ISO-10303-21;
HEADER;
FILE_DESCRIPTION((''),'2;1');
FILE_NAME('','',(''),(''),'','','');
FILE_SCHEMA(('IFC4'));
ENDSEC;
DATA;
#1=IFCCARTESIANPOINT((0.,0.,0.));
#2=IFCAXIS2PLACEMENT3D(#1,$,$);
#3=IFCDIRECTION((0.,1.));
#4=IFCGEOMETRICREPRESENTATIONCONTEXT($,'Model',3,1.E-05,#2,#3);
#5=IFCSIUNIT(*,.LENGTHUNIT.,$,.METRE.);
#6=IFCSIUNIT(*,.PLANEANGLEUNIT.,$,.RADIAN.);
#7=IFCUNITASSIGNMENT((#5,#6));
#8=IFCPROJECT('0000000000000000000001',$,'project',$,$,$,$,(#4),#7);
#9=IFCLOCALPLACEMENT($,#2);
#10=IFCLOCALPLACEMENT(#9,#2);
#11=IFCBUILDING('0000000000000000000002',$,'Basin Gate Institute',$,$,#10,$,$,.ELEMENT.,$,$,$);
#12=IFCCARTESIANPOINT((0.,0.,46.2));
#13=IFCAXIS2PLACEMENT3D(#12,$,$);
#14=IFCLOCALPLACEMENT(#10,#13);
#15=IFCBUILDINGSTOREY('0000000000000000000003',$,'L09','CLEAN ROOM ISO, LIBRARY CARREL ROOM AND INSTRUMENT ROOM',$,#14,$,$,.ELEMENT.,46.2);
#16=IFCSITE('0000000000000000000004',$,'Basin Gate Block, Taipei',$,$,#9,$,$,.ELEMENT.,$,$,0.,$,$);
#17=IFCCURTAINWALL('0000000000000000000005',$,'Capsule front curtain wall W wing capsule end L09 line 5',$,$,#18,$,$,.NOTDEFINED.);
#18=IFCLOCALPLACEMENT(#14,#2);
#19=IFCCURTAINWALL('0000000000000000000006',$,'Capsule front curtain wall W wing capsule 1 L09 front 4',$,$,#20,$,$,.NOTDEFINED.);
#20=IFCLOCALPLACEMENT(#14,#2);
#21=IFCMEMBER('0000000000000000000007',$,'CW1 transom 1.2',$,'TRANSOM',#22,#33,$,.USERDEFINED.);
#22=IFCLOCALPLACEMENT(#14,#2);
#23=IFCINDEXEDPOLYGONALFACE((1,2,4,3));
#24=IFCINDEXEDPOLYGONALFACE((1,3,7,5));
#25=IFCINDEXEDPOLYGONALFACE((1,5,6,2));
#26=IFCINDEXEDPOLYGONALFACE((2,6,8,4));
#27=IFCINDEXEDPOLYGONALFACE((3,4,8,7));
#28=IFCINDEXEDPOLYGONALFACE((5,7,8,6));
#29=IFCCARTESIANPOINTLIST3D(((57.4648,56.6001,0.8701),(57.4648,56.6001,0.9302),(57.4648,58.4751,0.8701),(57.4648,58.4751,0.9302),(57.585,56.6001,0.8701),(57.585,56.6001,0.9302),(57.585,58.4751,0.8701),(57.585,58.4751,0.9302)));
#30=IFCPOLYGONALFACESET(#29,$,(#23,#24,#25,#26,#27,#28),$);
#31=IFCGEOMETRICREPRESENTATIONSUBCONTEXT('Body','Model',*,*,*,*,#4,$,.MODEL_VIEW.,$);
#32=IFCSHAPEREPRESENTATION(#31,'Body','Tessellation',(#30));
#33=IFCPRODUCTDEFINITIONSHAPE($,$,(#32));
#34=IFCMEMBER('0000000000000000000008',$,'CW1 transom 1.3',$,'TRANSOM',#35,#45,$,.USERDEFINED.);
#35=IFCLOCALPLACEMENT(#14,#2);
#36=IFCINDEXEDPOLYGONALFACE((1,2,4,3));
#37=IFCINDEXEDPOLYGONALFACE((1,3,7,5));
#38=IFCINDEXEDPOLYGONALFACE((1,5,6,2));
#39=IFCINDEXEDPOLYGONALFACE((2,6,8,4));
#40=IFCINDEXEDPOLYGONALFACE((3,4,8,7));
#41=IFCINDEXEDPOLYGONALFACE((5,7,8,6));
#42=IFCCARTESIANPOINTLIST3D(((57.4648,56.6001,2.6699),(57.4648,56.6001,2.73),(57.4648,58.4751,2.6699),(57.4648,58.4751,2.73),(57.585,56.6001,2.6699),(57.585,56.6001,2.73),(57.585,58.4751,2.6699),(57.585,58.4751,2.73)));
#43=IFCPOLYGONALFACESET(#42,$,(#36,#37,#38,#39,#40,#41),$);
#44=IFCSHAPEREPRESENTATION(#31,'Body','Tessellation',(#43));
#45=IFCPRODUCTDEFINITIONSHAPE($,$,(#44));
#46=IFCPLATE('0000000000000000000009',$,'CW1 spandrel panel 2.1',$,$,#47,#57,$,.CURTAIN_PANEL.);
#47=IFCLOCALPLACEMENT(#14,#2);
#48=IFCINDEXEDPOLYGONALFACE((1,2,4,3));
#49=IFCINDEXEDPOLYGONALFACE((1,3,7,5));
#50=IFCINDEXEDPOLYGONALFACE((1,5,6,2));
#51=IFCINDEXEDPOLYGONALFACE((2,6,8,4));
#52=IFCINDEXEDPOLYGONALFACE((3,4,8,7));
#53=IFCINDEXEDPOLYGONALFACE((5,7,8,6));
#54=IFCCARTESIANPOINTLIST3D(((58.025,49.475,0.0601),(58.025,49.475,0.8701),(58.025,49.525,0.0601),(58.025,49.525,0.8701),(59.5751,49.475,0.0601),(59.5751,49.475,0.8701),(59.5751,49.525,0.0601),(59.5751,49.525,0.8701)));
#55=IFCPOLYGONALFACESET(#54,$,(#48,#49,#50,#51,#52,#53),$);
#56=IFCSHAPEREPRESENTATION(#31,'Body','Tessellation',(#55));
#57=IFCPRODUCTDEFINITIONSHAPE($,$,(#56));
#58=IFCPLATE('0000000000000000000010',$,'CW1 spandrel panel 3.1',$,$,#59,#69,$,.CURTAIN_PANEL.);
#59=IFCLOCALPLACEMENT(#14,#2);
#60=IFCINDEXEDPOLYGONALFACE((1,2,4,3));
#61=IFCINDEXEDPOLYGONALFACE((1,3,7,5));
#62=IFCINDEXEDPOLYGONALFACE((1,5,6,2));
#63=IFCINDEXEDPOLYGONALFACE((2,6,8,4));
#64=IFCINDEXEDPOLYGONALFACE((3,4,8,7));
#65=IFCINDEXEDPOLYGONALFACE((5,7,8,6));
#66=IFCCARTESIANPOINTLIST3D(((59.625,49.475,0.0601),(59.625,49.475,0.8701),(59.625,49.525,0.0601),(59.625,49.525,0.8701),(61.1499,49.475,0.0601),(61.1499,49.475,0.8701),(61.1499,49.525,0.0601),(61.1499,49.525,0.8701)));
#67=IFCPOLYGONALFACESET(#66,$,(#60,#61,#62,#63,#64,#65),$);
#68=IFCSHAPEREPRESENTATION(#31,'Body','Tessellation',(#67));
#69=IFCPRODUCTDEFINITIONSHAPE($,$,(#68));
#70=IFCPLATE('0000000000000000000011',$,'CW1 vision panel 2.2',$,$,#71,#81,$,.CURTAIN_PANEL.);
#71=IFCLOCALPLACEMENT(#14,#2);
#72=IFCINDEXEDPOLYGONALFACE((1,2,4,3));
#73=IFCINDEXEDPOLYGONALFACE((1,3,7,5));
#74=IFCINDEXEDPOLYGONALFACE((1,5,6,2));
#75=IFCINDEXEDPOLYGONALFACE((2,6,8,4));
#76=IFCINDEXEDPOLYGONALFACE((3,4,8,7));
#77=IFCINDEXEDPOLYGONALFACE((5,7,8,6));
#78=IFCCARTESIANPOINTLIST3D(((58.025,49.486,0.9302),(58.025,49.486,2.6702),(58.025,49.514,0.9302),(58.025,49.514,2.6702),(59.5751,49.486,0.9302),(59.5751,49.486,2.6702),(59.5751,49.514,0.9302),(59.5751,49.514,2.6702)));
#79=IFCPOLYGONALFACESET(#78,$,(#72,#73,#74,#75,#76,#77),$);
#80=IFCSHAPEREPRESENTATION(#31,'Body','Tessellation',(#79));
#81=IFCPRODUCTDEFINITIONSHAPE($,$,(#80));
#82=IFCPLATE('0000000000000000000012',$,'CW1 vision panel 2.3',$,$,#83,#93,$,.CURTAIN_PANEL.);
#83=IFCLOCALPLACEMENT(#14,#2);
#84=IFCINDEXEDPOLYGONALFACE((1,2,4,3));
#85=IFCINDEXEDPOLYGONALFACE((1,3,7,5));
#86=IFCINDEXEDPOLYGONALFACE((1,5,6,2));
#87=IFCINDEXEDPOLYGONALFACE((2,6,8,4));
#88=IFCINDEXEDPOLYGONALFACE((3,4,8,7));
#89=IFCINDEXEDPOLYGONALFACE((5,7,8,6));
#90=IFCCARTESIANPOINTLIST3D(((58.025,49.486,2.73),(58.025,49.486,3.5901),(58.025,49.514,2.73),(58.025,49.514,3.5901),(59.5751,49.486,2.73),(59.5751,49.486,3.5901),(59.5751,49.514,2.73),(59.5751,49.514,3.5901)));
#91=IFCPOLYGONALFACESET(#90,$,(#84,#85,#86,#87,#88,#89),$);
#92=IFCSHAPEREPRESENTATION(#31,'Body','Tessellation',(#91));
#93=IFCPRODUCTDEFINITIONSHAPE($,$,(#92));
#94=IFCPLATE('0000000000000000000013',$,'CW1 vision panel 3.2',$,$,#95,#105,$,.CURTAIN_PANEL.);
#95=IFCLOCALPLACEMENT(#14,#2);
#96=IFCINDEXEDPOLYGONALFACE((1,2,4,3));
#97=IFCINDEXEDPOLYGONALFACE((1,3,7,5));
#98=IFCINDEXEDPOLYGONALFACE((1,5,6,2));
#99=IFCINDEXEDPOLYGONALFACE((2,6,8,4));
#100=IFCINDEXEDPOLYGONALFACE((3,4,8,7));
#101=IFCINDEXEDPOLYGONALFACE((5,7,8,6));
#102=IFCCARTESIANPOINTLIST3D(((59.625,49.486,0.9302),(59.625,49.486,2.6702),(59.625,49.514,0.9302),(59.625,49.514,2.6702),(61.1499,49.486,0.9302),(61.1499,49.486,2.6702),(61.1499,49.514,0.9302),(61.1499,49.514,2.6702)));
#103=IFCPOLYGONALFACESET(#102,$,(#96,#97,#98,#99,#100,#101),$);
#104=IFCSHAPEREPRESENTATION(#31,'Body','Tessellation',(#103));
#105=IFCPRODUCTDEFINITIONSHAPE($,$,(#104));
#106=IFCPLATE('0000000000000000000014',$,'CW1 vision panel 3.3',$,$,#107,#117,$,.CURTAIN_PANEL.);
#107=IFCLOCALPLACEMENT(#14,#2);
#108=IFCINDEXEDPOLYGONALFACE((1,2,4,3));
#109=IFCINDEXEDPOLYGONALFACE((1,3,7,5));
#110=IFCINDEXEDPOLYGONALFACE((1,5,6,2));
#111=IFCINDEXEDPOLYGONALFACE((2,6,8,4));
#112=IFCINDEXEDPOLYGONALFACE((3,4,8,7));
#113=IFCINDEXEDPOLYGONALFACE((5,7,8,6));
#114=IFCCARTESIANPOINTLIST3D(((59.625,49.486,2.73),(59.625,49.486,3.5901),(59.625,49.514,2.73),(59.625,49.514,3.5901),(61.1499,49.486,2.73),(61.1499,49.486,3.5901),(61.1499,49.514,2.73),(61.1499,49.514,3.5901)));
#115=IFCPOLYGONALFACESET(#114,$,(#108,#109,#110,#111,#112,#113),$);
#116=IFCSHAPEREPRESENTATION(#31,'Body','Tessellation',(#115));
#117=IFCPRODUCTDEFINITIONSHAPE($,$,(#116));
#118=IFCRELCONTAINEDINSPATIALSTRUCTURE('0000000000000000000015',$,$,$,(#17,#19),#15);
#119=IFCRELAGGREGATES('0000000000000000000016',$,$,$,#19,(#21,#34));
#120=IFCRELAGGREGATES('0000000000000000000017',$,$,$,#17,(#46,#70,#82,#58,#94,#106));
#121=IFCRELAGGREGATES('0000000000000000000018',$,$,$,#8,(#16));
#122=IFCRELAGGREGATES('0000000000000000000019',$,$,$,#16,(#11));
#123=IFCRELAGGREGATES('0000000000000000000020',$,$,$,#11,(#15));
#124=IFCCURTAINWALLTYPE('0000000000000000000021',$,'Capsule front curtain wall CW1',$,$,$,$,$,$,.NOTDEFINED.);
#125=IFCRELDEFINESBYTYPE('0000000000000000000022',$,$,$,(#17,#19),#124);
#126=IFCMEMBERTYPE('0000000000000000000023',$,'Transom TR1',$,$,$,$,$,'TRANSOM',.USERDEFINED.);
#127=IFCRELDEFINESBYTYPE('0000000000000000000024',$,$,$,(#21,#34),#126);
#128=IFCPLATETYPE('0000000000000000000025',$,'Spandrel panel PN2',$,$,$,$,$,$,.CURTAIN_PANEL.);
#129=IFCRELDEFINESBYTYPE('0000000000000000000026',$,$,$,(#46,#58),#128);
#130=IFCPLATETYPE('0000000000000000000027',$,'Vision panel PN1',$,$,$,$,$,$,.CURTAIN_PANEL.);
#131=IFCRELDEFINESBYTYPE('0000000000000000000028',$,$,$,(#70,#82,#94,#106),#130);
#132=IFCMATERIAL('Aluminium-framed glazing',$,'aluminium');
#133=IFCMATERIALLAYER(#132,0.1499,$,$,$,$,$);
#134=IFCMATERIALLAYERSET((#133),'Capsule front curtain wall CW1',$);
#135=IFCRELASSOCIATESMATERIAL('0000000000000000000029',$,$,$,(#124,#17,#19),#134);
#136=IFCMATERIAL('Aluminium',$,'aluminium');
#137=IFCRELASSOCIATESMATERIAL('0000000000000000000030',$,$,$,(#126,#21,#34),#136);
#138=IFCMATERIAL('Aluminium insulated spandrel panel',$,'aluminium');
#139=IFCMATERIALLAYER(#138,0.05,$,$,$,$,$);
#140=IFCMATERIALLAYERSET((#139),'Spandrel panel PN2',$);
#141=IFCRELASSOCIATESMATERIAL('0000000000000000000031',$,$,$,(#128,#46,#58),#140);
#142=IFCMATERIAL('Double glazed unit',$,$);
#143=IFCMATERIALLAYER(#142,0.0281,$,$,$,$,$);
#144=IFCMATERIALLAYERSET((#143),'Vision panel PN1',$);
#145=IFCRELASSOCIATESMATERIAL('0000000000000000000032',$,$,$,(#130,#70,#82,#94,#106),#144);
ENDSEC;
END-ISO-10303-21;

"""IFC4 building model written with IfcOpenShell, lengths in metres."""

from ifc_helpers import new_model, si_unit, direction, frame, origin, origin_2d, place, context, subcontext, project, spatial, rectangle, extrude, material, layer, layer_set, material_profile, profile_set, type_object, element, aggregate, save


model = new_model("IFC4")

# Units and contexts
model_context = context("Model", 3, precision=1e-05, world=origin(), true_north=direction((0.0, 1.0)))
body_context = subcontext(model_context, "Body", "Model", "MODEL_VIEW")
ifc_project = project(units=[si_unit("LENGTHUNIT", "METRE"), si_unit("PLANEANGLEUNIT", "RADIAN")], contexts=[model_context])

# Site, building, storey
site_placement = place(None, origin())
site = spatial("IfcSite", under=ifc_project, at=site_placement, Name="Basin Gate Block, Taipei", CompositionType="ELEMENT", RefElevation=0.0)
building_placement = place(site_placement, origin())
building = spatial("IfcBuilding", under=site, at=building_placement, Name="Basin Gate Institute", CompositionType="ELEMENT")
storey_placement = place(building_placement, frame((0.0, 0.0, 46.2)))
storey = spatial("IfcBuildingStorey", under=building, at=storey_placement, Name="L09", Description="CLEAN ROOM ISO, LIBRARY CARREL ROOM AND INSTRUMENT ROOM", CompositionType="ELEMENT", Elevation=46.2)

# Curtain wall
ifc_material_1 = material(Name="Aluminium-framed glazing", Category="aluminium")
ifc_layer_1 = layer(ifc_material_1, 0.1499)
ifc_layer_set_1 = layer_set([ifc_layer_1], Name="Capsule front curtain wall CW1")
curtain_wall_type = type_object("IfcCurtainWallType", Name="Capsule front curtain wall CW1", PredefinedType="NOTDEFINED", material=ifc_layer_set_1)
curtain_wall_1_placement = place(storey_placement, origin())
curtain_wall_1 = element("IfcCurtainWall", 1, at=curtain_wall_1_placement, inside=storey, type_object=curtain_wall_type, material=ifc_layer_set_1, Name="Capsule front curtain wall W wing capsule end L09 line 5", PredefinedType="NOTDEFINED")

# Curtain wall
curtain_wall_2_placement = place(storey_placement, origin())
curtain_wall_2 = element("IfcCurtainWall", 2, at=curtain_wall_2_placement, inside=storey, type_object=curtain_wall_type, material=ifc_layer_set_1, Name="Capsule front curtain wall W wing capsule 1 L09 front 4", PredefinedType="NOTDEFINED")

# Members
ifc_material_2 = material(Name="Aluminium", Category="aluminium")
ifc_material_profile_1 = material_profile(ifc_material_2, rectangle(XDim=0.1201, YDim=0.0601, at=origin_2d()), Name="Transom TR1 120 x 60")
ifc_profile_set_1 = profile_set([ifc_material_profile_1], Name="Aluminium")
member_type_1 = type_object("IfcMemberType", Name="Transom TR1", ElementType="TRANSOM", PredefinedType="USERDEFINED", material=ifc_profile_set_1)
member_1_placement = place(storey_placement, frame((57.5249, 56.6001, 0.9001), z_axis=(0.0, 1.0, 0.0), x_axis=(-1.0, 0.0, 0.0)))
member_1 = element("IfcMember", 3, at=member_1_placement, type_object=member_type_1, material=ifc_profile_set_1, Name="CW1 transom 1.2", ObjectType="TRANSOM", PredefinedType="USERDEFINED", context=body_context, shape_type="SweptSolid", body=[
    extrude(rectangle(XDim=0.1201, YDim=0.0601, at=origin_2d()), origin(), (0.0, 0.0, 1.0), 1.875),
])
member_2_placement = place(storey_placement, frame((57.5249, 56.6001, 2.7), z_axis=(0.0, 1.0, 0.0), x_axis=(-1.0, 0.0, 0.0)))
member_2 = element("IfcMember", 4, at=member_2_placement, type_object=member_type_1, material=ifc_profile_set_1, Name="CW1 transom 1.3", ObjectType="TRANSOM", PredefinedType="USERDEFINED", context=body_context, shape_type="SweptSolid", body=[
    extrude(rectangle(XDim=0.1201, YDim=0.0601, at=origin_2d()), origin(), (0.0, 0.0, 1.0), 1.875),
])
aggregate(curtain_wall_2, [member_1, member_2])

# Plates
ifc_material_3 = material(Name="Aluminium insulated spandrel panel", Category="aluminium")
ifc_layer_2 = layer(ifc_material_3, 0.05)
ifc_layer_set_2 = layer_set([ifc_layer_2], Name="Spandrel panel PN2")
plate_type_1 = type_object("IfcPlateType", Name="Spandrel panel PN2", PredefinedType="CURTAIN_PANEL", material=ifc_layer_set_2)
plate_1_placement = place(storey_placement, frame((58.8, 49.5, 0.0601), z_axis=(0.0, 0.0, 1.0), x_axis=(1.0, 0.0, 0.0)))
plate_1 = element("IfcPlate", 5, at=plate_1_placement, type_object=plate_type_1, material=ifc_layer_set_2, Name="CW1 spandrel panel 2.1", PredefinedType="CURTAIN_PANEL", context=body_context, shape_type="SweptSolid", body=[
    extrude(rectangle(XDim=1.55, YDim=0.05, at=origin_2d()), origin(), (0.0, 0.0, 1.0), 0.8101),
])
plate_2_placement = place(storey_placement, frame((60.3875, 49.5, 0.0601), z_axis=(0.0, 0.0, 1.0), x_axis=(1.0, 0.0, 0.0)))
plate_2 = element("IfcPlate", 6, at=plate_2_placement, type_object=plate_type_1, material=ifc_layer_set_2, Name="CW1 spandrel panel 3.1", PredefinedType="CURTAIN_PANEL", context=body_context, shape_type="SweptSolid", body=[
    extrude(rectangle(XDim=1.5249, YDim=0.05, at=origin_2d()), origin(), (0.0, 0.0, 1.0), 0.8101),
])
ifc_material_4 = material(Name="Double glazed unit")
ifc_layer_3 = layer(ifc_material_4, 0.0281)
ifc_layer_set_3 = layer_set([ifc_layer_3], Name="Vision panel PN1")
plate_type_2 = type_object("IfcPlateType", Name="Vision panel PN1", PredefinedType="CURTAIN_PANEL", material=ifc_layer_set_3)
plate_3_placement = place(storey_placement, frame((58.8, 49.5, 0.9302), z_axis=(0.0, 0.0, 1.0), x_axis=(1.0, 0.0, 0.0)))
plate_3 = element("IfcPlate", 7, at=plate_3_placement, type_object=plate_type_2, material=ifc_layer_set_3, Name="CW1 vision panel 2.2", PredefinedType="CURTAIN_PANEL", context=body_context, shape_type="SweptSolid", body=[
    extrude(rectangle(XDim=1.55, YDim=0.0281, at=origin_2d()), origin(), (0.0, 0.0, 1.0), 1.74),
])
plate_4_placement = place(storey_placement, frame((58.8, 49.5, 2.73), z_axis=(0.0, 0.0, 1.0), x_axis=(1.0, 0.0, 0.0)))
plate_4 = element("IfcPlate", 8, at=plate_4_placement, type_object=plate_type_2, material=ifc_layer_set_3, Name="CW1 vision panel 2.3", PredefinedType="CURTAIN_PANEL", context=body_context, shape_type="SweptSolid", body=[
    extrude(rectangle(XDim=1.55, YDim=0.0281, at=origin_2d()), origin(), (0.0, 0.0, 1.0), 0.8601),
])
plate_5_placement = place(storey_placement, frame((60.3875, 49.5, 0.9302), z_axis=(0.0, 0.0, 1.0), x_axis=(1.0, 0.0, 0.0)))
plate_5 = element("IfcPlate", 9, at=plate_5_placement, type_object=plate_type_2, material=ifc_layer_set_3, Name="CW1 vision panel 3.2", PredefinedType="CURTAIN_PANEL", context=body_context, shape_type="SweptSolid", body=[
    extrude(rectangle(XDim=1.5249, YDim=0.0281, at=origin_2d()), origin(), (0.0, 0.0, 1.0), 1.74),
])
plate_6_placement = place(storey_placement, frame((60.3875, 49.5, 2.73), z_axis=(0.0, 0.0, 1.0), x_axis=(1.0, 0.0, 0.0)))
plate_6 = element("IfcPlate", 10, at=plate_6_placement, type_object=plate_type_2, material=ifc_layer_set_3, Name="CW1 vision panel 3.3", PredefinedType="CURTAIN_PANEL", context=body_context, shape_type="SweptSolid", body=[
    extrude(rectangle(XDim=1.5249, YDim=0.0281, at=origin_2d()), origin(), (0.0, 0.0, 1.0), 0.8601),
])
aggregate(curtain_wall_1, [plate_1, plate_3, plate_4, plate_2, plate_5, plate_6])

save(model, "model.ifc")
